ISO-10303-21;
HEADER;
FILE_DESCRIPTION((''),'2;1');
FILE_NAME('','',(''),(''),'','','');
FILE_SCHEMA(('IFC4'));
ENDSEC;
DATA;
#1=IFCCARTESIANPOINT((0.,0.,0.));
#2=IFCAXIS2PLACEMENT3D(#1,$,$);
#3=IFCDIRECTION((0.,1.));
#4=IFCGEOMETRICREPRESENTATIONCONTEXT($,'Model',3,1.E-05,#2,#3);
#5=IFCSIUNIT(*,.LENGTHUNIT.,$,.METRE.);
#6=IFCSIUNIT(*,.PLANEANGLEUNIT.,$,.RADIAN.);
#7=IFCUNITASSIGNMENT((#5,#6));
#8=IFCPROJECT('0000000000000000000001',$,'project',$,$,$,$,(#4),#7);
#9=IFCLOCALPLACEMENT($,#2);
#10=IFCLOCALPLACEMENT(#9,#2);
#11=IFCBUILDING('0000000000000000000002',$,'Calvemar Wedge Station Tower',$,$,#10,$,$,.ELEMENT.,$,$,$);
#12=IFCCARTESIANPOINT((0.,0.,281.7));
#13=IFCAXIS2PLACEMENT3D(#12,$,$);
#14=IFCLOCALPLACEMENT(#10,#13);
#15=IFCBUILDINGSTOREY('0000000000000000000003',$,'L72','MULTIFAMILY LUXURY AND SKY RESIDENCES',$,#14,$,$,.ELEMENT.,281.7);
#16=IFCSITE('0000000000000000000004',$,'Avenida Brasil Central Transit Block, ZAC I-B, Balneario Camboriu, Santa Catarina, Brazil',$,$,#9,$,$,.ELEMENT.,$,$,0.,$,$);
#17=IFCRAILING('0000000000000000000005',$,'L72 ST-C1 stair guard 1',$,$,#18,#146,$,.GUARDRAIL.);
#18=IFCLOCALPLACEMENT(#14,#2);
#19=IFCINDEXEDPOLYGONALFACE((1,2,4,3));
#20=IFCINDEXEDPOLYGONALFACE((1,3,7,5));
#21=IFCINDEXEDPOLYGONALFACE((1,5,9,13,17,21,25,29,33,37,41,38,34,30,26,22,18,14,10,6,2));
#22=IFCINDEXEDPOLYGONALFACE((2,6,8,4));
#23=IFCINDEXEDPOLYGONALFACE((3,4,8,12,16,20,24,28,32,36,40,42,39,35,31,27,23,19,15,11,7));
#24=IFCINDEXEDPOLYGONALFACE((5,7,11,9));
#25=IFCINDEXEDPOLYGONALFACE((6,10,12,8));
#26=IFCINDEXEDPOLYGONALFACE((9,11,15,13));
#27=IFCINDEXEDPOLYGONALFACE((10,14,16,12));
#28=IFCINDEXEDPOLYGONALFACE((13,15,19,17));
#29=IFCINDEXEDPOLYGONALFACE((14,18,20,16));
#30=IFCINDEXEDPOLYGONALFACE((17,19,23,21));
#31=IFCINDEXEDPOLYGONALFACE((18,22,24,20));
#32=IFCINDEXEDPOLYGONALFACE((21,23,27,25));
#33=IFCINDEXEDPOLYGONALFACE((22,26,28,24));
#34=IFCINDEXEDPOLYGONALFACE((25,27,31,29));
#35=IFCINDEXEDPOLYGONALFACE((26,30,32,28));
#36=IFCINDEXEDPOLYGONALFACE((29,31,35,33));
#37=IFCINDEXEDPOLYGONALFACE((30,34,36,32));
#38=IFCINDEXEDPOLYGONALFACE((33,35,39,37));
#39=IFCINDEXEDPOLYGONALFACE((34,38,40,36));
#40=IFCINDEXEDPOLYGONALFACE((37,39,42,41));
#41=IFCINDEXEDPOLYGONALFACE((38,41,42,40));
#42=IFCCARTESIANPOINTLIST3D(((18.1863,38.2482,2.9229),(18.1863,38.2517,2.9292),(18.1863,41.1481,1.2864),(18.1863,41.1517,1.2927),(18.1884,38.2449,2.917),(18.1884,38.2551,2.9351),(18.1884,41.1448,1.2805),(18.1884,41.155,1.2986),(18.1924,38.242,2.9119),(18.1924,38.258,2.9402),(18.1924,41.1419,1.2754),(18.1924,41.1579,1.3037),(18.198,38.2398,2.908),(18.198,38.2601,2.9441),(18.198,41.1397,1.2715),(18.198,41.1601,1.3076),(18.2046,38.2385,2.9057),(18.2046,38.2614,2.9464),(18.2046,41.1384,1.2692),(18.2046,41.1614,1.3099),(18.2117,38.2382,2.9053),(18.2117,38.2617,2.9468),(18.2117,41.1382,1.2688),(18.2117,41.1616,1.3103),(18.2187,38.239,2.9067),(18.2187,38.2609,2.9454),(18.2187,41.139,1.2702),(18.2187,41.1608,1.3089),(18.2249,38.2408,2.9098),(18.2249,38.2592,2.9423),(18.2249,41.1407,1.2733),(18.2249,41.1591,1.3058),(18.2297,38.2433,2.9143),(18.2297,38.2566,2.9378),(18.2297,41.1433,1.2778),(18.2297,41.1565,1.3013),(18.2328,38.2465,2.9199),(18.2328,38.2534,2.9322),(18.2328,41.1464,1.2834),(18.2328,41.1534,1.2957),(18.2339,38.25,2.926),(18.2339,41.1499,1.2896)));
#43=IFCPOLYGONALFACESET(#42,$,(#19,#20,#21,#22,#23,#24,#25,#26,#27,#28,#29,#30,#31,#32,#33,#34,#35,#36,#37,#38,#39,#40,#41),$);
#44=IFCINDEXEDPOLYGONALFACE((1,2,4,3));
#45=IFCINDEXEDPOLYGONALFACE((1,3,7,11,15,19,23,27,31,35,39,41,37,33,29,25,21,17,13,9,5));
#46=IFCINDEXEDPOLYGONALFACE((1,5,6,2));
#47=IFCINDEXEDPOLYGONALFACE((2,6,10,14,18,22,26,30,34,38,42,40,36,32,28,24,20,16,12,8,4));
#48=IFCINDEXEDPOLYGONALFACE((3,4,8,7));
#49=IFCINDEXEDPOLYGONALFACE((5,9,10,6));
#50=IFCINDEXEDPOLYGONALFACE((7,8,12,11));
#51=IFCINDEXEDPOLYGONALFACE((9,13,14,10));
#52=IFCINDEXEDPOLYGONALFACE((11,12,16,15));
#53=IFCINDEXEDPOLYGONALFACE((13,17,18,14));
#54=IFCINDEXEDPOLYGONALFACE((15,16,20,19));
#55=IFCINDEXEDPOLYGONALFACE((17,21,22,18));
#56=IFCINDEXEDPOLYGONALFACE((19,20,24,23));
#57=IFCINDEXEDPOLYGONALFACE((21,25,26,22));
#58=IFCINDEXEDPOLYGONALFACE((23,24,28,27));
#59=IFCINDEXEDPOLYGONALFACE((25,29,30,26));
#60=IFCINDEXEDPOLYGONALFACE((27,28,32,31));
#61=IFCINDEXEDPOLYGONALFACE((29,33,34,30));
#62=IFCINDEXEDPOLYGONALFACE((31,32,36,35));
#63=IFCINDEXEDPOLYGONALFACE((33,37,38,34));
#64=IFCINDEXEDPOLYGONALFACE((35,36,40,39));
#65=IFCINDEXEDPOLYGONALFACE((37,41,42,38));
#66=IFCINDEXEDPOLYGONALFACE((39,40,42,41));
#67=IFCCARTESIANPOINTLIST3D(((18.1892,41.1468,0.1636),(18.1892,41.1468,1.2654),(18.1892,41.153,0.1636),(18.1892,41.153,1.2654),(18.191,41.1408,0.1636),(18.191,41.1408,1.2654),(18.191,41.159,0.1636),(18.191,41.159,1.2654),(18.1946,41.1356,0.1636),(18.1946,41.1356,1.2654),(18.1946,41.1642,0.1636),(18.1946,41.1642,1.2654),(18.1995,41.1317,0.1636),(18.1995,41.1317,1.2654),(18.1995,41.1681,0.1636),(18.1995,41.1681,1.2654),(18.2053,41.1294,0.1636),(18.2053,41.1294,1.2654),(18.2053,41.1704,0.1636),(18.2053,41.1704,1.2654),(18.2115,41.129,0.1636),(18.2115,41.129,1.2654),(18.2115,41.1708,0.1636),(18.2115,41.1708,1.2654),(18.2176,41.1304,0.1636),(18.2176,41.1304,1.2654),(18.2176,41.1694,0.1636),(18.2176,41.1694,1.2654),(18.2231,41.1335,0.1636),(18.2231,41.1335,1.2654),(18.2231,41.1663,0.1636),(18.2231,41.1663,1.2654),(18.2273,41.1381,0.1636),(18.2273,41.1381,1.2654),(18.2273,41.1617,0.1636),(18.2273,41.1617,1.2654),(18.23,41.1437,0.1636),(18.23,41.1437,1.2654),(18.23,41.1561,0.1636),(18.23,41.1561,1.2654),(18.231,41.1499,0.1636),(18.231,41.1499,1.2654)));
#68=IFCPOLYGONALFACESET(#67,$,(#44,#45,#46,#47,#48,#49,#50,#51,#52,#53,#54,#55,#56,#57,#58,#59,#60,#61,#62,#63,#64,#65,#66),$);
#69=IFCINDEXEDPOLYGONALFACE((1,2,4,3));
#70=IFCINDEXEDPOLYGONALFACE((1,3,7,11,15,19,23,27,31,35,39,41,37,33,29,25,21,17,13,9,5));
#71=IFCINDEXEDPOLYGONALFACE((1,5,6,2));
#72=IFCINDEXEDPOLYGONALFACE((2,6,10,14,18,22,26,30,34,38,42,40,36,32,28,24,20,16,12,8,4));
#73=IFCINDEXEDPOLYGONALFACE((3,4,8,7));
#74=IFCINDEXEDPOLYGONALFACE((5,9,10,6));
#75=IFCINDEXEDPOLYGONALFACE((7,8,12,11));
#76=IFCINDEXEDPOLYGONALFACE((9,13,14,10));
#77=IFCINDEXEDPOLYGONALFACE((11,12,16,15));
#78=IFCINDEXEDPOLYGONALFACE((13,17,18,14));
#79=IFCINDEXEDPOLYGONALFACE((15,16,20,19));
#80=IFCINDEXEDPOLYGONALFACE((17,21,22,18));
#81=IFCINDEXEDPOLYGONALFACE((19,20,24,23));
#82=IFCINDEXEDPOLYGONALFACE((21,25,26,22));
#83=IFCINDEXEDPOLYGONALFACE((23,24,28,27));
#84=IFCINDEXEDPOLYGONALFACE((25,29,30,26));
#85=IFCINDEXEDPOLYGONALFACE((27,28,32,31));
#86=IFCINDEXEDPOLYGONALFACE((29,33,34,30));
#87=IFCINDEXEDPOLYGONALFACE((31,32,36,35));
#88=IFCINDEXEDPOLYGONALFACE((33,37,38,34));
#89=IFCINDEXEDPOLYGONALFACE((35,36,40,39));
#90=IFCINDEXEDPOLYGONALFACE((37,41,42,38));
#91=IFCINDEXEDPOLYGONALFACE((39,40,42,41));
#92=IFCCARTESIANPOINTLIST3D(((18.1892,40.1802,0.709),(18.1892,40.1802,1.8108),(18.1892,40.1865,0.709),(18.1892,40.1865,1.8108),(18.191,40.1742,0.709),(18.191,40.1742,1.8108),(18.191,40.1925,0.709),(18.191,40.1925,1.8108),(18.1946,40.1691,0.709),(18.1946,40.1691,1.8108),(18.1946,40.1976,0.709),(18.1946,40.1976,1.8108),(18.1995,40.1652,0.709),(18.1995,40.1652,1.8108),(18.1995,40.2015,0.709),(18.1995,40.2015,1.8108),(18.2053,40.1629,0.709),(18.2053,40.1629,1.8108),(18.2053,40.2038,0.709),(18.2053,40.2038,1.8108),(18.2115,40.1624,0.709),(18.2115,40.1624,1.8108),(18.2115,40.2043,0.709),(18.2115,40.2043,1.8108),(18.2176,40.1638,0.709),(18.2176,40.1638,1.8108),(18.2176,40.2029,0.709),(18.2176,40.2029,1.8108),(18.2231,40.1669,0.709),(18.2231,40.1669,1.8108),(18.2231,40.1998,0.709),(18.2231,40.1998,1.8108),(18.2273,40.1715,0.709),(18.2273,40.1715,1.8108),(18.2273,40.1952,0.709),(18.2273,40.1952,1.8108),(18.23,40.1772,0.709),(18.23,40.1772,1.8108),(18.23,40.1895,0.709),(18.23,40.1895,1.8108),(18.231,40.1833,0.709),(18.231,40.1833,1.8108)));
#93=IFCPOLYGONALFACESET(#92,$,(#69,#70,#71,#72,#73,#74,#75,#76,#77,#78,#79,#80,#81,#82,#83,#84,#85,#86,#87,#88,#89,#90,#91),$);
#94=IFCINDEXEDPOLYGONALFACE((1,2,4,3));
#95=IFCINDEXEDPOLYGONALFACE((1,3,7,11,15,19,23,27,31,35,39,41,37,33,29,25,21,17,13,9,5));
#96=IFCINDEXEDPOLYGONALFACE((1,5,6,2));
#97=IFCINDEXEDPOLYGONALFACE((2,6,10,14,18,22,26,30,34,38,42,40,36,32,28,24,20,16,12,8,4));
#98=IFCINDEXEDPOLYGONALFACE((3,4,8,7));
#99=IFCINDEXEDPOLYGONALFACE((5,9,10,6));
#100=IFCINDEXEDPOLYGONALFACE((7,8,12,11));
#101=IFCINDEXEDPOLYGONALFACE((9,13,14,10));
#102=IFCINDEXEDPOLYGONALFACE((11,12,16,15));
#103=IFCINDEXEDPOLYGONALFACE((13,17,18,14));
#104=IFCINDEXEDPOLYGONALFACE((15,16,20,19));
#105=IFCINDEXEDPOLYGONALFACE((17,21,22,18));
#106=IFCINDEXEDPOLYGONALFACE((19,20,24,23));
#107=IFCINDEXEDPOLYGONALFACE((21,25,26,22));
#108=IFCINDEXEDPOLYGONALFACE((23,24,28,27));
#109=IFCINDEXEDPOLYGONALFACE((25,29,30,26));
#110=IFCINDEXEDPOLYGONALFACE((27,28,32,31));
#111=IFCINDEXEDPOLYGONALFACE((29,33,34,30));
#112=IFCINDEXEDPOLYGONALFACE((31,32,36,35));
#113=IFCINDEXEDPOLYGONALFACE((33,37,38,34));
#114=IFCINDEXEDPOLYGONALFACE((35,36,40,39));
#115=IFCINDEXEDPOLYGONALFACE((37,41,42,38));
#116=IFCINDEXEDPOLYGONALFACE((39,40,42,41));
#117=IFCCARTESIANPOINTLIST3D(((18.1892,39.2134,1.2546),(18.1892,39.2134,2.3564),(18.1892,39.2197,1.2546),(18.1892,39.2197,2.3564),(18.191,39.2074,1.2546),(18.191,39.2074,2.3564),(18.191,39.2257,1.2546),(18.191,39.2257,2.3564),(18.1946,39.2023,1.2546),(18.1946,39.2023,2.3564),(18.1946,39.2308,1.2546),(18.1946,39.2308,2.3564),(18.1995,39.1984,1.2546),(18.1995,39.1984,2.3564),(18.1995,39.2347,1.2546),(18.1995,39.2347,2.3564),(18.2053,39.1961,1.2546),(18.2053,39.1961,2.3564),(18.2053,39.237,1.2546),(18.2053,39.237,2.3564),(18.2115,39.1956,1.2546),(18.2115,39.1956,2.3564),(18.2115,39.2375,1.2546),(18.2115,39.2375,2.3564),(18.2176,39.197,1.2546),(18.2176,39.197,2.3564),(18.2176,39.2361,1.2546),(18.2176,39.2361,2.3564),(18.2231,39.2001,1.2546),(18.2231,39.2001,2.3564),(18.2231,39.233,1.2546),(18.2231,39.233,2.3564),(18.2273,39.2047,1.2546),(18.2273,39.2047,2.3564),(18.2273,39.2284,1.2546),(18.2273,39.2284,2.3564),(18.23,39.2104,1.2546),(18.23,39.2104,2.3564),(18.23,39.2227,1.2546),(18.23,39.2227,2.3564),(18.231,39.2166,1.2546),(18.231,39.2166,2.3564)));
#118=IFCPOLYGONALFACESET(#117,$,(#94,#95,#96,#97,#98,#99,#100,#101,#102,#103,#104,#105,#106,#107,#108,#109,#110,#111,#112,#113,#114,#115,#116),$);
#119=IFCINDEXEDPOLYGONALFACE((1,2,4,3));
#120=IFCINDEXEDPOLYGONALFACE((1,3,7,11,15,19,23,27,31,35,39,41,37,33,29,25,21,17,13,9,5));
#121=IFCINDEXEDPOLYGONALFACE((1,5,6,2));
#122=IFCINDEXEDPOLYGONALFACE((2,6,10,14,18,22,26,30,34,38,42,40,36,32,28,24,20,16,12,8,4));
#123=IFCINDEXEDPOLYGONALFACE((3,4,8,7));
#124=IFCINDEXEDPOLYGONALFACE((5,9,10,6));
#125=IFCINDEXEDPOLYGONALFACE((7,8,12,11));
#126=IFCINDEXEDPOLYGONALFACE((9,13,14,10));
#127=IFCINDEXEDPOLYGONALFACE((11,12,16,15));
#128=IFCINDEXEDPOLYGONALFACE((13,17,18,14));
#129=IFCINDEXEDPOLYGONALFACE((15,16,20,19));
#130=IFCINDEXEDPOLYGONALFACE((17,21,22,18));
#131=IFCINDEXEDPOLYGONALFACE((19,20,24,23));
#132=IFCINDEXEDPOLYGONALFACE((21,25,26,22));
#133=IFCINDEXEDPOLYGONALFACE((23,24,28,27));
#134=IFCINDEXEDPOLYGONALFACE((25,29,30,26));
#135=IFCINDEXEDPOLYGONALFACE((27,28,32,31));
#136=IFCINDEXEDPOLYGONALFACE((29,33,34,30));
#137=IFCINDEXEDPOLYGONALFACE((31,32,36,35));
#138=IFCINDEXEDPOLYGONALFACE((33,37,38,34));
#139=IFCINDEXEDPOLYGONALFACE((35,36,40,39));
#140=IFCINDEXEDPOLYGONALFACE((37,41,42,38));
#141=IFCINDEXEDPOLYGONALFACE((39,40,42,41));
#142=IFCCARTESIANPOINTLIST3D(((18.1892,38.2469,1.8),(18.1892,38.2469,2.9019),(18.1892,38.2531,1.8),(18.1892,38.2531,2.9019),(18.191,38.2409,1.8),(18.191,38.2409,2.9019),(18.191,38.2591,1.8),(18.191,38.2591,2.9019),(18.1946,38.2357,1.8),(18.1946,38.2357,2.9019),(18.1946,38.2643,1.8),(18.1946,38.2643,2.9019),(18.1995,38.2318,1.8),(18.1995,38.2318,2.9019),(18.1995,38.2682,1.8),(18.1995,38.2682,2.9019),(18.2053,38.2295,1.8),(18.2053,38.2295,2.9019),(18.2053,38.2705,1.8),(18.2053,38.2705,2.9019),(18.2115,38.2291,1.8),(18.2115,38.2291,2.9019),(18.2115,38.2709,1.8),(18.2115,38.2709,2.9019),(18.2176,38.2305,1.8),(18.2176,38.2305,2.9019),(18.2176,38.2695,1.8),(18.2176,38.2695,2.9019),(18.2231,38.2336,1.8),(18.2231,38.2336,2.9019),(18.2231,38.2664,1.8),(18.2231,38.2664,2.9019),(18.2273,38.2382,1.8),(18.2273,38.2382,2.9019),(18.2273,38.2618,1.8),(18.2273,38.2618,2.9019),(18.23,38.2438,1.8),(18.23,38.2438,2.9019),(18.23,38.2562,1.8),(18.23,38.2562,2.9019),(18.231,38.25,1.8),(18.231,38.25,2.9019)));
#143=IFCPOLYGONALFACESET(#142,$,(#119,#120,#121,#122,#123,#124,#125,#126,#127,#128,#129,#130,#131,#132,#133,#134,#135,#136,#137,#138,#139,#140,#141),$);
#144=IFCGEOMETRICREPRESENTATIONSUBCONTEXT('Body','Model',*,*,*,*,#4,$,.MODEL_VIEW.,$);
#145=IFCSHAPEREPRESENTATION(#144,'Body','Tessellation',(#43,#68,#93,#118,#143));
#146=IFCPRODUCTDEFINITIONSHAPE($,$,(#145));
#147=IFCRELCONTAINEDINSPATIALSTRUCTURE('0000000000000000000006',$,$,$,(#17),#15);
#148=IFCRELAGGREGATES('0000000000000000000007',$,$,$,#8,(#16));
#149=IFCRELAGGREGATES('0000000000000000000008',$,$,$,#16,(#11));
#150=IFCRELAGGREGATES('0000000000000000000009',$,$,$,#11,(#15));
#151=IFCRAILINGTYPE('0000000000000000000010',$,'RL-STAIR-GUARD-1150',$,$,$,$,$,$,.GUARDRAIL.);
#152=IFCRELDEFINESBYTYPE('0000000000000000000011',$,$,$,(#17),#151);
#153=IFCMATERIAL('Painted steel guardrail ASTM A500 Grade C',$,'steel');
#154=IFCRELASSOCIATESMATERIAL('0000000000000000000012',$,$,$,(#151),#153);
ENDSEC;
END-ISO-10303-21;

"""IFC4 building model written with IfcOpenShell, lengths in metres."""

from ifc_helpers import new_model, si_unit, direction, frame, origin, origin_2d, place, context, subcontext, project, spatial, circle, extrude, material, type_object, element, save


model = new_model("IFC4")

# Units and contexts
model_context = context("Model", 3, precision=1e-05, world=origin(), true_north=direction((0.0, 1.0)))
body_context = subcontext(model_context, "Body", "Model", "MODEL_VIEW")
ifc_project = project(units=[si_unit("LENGTHUNIT", "METRE"), si_unit("PLANEANGLEUNIT", "RADIAN")], contexts=[model_context])

# Site, building, storey
site_placement = place(None, origin())
site = spatial("IfcSite", under=ifc_project, at=site_placement, Name="Avenida Brasil Central Transit Block, ZAC I-B, Balneario Camboriu, Santa Catarina, Brazil", CompositionType="ELEMENT", RefElevation=0.0)
building_placement = place(site_placement, origin())
building = spatial("IfcBuilding", under=site, at=building_placement, Name="Calvemar Wedge Station Tower", CompositionType="ELEMENT")
storey_placement = place(building_placement, frame((0.0, 0.0, 281.7)))
storey = spatial("IfcBuildingStorey", under=building, at=storey_placement, Name="L72", Description="MULTIFAMILY LUXURY AND SKY RESIDENCES", CompositionType="ELEMENT", Elevation=281.7)

# Railing
ifc_material_1 = material(Name="Painted steel guardrail ASTM A500 Grade C", Category="steel")
railing_type_1 = type_object("IfcRailingType", Name="RL-STAIR-GUARD-1150", PredefinedType="GUARDRAIL", material=ifc_material_1)
railing_1_placement = place(storey_placement, frame((18.21, 41.1499, 0.1636)))
element("IfcRailing", 1, at=railing_1_placement, inside=storey, type_object=railing_type_1, Name="L72 ST-C1 stair guard 1", PredefinedType="GUARDRAIL", context=body_context, shape_type="SweptSolid", body=[
    extrude(circle(Radius=0.0239, at=origin_2d()), frame((0.0, 0.0, 1.126), z_axis=(0.0, -0.870897, 0.491465), x_axis=(1.0, 0.0, 0.0)), (0.0, 0.0, 1.0), 3.3298),
    extrude(circle(Radius=0.021, at=origin_2d()), origin(), (0.0, 0.0, 1.0), 1.1018),
    extrude(circle(Radius=0.021, at=origin_2d()), frame((0.0, -0.9666, 0.5454)), (0.0, 0.0, 1.0), 1.1018),
    extrude(circle(Radius=0.021, at=origin_2d()), frame((0.0, -1.9333, 1.0911)), (0.0, 0.0, 1.0), 1.1018),
    extrude(circle(Radius=0.021, at=origin_2d()), frame((0.0, -2.8999, 1.6365)), (0.0, 0.0, 1.0), 1.1018),
])

save(model, "model.ifc")
